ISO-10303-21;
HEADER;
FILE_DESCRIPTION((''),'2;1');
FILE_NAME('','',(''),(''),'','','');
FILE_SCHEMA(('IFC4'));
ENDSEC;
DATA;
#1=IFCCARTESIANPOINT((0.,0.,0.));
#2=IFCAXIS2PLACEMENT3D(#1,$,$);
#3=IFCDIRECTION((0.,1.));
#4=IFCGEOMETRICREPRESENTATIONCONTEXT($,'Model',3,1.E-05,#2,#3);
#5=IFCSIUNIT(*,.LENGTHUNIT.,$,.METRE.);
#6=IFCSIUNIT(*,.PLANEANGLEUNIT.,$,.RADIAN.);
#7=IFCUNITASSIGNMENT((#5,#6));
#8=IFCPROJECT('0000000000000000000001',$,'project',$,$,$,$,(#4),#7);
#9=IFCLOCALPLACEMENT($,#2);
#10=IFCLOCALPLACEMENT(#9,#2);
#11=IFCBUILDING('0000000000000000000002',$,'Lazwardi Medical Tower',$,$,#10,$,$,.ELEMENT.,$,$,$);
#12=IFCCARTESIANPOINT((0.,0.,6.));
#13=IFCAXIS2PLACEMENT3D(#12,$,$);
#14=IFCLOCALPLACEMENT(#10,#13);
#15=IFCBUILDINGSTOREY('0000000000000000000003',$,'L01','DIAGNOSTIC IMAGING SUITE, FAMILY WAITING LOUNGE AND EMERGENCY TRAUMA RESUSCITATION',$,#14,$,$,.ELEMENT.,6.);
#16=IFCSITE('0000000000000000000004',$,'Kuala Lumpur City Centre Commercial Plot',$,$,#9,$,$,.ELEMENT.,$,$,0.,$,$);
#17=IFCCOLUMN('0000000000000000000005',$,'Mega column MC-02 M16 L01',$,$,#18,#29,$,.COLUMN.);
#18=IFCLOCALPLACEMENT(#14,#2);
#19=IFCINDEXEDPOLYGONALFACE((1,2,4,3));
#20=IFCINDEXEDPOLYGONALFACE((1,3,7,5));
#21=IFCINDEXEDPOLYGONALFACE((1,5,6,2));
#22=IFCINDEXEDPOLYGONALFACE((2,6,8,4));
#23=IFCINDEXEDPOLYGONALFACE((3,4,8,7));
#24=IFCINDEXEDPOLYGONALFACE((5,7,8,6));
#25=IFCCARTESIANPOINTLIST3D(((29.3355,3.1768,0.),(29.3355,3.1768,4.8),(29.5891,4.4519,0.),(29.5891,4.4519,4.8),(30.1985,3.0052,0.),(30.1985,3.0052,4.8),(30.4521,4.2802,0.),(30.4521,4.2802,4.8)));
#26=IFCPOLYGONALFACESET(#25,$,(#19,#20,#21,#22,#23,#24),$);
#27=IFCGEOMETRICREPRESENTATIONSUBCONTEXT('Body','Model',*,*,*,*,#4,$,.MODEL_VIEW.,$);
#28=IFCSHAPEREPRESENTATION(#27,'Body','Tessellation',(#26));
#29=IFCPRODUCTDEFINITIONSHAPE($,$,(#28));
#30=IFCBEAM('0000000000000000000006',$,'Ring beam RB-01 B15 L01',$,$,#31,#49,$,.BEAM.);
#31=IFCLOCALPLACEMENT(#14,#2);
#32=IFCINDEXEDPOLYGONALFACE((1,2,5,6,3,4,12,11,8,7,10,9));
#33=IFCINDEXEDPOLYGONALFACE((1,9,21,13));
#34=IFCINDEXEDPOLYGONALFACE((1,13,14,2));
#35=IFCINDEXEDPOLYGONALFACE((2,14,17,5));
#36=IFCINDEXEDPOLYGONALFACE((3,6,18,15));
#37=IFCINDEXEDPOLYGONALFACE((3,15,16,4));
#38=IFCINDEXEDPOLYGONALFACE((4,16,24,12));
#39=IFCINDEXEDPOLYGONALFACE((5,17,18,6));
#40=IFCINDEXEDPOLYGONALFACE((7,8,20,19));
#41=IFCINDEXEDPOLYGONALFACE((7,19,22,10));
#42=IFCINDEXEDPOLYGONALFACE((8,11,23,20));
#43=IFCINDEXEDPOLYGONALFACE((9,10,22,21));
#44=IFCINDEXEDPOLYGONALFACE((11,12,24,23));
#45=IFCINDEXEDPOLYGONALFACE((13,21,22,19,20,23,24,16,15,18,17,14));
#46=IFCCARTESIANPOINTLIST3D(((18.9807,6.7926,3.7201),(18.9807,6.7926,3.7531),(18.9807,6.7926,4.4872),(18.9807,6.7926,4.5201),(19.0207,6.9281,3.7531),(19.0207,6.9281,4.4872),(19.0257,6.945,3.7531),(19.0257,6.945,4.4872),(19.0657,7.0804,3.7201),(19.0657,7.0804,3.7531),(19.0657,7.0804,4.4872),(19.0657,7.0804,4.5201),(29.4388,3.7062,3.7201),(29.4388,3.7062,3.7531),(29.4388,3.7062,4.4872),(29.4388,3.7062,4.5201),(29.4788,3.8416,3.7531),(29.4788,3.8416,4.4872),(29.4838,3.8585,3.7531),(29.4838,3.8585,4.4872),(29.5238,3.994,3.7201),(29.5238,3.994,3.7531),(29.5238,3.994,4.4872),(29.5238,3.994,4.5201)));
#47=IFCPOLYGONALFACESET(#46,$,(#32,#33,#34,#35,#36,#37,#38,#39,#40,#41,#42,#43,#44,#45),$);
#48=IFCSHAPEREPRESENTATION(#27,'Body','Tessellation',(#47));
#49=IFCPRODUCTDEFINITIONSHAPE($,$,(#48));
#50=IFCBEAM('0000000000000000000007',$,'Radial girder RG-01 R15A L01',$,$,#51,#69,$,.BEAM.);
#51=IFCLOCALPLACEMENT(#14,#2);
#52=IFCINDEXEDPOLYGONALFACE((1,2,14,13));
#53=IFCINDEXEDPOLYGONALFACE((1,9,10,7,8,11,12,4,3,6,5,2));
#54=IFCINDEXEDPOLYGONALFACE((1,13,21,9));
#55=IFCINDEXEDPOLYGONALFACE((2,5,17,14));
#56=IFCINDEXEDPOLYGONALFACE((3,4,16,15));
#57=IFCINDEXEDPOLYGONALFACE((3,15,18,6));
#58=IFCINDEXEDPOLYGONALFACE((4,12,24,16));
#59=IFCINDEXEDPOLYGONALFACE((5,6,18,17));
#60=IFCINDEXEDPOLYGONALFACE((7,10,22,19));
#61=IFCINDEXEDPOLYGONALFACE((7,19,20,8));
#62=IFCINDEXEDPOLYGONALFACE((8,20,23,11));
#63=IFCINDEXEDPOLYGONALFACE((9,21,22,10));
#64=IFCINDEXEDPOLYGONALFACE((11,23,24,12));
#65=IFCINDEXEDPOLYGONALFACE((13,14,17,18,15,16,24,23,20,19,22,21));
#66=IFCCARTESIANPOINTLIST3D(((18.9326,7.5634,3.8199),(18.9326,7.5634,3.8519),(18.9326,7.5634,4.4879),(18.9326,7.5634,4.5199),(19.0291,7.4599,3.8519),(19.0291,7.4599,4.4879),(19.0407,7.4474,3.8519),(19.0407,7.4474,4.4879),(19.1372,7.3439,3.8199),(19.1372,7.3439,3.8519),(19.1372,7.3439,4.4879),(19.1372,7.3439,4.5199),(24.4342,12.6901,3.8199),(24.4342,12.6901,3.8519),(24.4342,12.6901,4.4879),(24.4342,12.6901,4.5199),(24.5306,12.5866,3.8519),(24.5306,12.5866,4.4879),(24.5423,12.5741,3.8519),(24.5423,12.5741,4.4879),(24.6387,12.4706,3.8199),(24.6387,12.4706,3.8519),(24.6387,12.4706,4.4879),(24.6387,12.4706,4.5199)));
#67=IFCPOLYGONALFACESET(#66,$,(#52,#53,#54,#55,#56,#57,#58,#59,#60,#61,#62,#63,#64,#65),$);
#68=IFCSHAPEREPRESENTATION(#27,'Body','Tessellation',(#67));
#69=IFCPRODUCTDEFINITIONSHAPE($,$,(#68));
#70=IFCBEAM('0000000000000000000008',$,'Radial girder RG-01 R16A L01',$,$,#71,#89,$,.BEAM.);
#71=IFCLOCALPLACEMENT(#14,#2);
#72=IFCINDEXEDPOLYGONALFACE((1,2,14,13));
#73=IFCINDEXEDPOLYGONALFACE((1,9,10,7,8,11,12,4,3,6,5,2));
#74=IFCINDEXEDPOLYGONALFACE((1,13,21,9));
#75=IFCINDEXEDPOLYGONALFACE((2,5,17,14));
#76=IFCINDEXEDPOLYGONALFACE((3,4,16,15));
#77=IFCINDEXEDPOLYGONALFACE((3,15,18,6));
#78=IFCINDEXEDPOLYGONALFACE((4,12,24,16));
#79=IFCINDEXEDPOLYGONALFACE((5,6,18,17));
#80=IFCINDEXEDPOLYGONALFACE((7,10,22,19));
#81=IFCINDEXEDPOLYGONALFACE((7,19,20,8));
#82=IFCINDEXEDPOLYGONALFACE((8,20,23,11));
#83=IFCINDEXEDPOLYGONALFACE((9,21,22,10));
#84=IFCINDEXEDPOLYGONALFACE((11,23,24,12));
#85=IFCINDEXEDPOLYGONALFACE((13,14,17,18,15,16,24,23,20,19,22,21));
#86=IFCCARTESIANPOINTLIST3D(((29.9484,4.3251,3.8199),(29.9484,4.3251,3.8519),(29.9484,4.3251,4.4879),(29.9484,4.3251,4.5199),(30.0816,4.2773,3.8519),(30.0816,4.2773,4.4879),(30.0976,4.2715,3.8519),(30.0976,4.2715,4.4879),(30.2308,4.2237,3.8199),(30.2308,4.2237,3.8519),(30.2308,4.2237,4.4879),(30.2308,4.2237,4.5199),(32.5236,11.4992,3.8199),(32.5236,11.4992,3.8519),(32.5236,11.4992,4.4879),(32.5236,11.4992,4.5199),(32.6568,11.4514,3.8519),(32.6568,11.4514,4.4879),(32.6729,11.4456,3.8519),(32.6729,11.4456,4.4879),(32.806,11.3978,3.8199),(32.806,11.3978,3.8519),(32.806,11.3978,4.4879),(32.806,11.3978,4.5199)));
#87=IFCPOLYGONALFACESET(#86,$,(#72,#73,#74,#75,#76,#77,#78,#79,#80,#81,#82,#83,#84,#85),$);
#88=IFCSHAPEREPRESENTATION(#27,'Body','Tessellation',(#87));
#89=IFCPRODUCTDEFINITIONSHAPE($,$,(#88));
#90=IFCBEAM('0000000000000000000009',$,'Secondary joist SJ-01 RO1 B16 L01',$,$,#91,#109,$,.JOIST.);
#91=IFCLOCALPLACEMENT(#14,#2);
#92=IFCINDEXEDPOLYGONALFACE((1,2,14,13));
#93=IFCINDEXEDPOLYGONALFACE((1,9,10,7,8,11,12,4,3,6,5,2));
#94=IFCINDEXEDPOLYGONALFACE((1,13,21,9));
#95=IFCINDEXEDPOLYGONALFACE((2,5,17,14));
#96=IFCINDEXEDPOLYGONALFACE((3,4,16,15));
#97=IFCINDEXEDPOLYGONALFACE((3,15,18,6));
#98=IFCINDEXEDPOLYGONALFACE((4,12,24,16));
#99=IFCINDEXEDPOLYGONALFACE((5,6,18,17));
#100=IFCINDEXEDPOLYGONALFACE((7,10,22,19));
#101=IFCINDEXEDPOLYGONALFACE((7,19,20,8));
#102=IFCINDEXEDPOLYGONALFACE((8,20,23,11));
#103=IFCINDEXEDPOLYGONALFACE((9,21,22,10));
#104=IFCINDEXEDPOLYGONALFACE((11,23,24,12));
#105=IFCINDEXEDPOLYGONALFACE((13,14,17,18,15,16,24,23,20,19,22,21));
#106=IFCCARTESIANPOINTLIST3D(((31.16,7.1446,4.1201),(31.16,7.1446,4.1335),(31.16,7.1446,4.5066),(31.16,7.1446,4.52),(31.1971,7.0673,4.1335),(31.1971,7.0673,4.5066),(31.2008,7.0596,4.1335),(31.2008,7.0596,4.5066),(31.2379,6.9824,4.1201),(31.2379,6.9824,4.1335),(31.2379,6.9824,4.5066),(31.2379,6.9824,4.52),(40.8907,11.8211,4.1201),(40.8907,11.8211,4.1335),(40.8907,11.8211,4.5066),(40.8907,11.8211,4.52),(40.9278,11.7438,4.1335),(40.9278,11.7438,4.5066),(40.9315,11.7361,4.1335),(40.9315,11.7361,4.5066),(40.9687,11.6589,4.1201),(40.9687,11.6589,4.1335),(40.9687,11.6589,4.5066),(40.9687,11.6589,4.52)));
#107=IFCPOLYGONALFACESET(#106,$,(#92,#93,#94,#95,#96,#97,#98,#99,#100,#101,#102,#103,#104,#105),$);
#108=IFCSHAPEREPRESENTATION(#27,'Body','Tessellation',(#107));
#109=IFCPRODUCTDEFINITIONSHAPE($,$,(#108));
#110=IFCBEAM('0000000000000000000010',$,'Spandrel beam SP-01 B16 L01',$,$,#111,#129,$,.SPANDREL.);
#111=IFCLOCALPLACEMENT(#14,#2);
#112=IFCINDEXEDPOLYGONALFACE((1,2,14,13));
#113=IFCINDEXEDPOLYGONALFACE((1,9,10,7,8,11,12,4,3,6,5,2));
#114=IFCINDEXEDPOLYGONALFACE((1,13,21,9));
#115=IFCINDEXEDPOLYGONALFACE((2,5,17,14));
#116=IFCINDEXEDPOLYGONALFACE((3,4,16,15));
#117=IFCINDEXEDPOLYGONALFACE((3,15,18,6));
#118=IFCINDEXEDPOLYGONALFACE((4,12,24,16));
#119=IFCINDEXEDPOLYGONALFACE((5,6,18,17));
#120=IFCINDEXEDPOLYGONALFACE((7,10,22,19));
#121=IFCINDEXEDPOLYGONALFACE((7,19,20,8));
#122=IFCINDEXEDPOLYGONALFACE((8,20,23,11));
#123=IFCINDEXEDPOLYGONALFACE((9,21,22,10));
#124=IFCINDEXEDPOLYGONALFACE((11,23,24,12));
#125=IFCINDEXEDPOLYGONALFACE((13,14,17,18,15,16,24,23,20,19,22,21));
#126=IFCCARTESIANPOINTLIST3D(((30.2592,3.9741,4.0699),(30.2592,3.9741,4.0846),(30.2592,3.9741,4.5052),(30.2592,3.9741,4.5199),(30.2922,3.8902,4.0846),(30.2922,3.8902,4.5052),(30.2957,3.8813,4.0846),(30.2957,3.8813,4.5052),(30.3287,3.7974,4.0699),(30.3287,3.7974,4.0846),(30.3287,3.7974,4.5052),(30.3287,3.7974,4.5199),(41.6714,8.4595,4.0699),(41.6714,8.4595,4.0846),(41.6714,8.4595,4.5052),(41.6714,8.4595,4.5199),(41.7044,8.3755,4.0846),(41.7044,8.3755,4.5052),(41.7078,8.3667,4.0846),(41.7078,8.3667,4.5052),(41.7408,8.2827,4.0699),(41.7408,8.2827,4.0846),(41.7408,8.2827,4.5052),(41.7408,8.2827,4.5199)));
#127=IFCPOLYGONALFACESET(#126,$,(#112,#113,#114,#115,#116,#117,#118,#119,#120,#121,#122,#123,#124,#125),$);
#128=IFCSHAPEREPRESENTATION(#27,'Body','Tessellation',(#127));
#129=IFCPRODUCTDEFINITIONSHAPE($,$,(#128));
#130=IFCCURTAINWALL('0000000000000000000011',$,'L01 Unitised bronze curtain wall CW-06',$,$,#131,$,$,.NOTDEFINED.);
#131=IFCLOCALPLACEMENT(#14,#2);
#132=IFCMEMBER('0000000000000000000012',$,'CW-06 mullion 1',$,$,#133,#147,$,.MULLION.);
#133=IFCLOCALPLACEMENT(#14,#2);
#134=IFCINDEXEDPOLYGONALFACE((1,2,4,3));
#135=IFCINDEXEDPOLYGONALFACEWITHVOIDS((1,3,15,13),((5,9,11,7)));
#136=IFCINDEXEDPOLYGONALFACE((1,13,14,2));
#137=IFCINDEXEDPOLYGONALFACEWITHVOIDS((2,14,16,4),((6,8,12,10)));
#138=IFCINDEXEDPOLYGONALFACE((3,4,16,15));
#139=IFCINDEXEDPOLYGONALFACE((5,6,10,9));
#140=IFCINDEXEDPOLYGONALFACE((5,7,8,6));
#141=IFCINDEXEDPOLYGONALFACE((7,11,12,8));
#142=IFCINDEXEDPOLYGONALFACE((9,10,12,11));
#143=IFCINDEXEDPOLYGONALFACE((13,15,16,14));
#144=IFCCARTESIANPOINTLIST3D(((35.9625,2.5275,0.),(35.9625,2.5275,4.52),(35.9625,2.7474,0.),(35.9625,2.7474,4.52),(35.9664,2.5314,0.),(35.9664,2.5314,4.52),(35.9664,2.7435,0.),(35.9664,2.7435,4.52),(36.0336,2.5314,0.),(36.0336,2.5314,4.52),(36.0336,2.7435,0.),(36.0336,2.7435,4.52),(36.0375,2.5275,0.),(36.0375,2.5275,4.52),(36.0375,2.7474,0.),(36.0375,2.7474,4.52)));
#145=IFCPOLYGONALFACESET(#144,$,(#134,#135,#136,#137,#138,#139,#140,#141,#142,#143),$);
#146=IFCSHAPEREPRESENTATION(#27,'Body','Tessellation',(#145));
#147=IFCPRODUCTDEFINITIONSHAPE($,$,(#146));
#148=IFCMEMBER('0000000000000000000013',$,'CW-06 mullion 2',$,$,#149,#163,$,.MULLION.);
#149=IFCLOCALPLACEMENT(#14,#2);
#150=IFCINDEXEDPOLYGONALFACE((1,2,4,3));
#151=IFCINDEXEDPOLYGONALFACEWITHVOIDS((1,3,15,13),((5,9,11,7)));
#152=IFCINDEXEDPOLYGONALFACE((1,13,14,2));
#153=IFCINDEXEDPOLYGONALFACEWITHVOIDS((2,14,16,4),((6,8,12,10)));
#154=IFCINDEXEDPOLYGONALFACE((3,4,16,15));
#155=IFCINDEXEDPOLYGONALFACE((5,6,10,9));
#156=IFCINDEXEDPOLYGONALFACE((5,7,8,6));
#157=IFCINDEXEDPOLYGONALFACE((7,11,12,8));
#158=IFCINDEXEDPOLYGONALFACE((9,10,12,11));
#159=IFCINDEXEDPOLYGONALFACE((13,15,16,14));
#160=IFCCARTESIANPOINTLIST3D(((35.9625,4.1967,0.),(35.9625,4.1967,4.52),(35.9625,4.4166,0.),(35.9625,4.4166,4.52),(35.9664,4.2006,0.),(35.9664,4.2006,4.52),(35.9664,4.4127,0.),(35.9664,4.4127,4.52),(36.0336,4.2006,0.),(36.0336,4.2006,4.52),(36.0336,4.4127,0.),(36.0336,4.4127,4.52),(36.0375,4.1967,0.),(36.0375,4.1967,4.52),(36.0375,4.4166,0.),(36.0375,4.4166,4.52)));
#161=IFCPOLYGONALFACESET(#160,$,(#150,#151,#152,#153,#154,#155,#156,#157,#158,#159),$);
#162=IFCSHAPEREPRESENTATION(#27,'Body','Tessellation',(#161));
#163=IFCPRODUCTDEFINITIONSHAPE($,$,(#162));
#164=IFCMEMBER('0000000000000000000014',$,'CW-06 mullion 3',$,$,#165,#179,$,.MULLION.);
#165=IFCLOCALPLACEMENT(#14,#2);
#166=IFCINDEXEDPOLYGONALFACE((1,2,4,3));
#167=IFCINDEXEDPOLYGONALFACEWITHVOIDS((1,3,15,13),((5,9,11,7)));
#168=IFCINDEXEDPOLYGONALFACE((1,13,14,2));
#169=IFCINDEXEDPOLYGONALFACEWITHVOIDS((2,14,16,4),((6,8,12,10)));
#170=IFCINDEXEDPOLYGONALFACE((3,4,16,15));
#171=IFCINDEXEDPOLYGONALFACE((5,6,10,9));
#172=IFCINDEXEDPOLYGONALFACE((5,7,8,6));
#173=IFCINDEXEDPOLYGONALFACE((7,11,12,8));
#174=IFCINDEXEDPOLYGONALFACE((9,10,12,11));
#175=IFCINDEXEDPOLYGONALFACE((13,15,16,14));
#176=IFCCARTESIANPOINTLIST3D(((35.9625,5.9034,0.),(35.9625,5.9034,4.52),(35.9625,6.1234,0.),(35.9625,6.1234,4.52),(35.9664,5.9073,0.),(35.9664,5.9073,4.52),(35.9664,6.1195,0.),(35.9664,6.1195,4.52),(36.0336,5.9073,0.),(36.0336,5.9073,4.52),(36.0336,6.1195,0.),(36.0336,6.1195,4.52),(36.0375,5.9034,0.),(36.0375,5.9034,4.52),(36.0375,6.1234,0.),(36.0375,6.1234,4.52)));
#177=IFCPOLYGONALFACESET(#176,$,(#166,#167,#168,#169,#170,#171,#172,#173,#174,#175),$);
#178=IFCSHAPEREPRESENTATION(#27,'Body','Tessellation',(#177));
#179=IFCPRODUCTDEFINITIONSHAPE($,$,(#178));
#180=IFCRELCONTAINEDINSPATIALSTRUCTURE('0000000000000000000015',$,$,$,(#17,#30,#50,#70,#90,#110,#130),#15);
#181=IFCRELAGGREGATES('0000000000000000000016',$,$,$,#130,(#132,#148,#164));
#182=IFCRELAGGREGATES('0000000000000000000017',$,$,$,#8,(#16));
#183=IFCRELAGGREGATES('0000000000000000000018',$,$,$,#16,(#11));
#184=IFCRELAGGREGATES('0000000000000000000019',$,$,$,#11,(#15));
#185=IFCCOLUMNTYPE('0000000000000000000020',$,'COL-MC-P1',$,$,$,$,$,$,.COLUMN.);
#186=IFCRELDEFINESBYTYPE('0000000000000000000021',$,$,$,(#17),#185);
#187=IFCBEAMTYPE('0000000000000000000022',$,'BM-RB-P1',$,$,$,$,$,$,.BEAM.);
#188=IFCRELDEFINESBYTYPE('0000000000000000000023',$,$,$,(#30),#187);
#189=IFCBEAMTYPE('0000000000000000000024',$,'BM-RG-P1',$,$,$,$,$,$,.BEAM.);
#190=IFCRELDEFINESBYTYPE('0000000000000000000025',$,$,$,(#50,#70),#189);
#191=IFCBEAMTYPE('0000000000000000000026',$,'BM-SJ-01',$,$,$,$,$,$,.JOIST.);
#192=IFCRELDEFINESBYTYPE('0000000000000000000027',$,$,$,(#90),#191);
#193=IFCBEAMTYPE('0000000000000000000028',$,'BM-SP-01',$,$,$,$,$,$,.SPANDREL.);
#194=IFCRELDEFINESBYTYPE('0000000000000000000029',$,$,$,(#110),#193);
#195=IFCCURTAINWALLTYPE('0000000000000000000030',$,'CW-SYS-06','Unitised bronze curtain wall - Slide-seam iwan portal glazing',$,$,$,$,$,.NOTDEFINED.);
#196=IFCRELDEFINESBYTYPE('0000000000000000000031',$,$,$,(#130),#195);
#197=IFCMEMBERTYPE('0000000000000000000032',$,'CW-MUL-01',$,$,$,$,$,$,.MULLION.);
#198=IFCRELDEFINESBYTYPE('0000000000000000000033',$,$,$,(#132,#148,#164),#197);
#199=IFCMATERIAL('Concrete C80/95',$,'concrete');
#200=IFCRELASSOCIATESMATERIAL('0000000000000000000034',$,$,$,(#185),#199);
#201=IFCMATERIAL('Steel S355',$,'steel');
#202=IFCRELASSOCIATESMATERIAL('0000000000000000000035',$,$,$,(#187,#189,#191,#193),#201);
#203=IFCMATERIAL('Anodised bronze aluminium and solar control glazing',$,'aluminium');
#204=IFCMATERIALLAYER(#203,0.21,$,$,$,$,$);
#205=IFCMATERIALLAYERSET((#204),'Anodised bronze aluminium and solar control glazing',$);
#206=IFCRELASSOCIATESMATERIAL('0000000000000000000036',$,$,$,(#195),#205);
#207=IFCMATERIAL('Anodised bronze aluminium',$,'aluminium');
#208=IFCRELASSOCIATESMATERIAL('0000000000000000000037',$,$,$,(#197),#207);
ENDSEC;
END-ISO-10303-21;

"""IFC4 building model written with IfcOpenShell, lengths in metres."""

from ifc_helpers import new_model, si_unit, direction, frame, origin, origin_2d, place, context, subcontext, project, spatial, rectangle, hollow_rectangle, i_section, extrude, material, layer, layer_set, material_profile, profile_set, type_object, element, aggregate, save


model = new_model("IFC4")

# Units and contexts
model_context = context("Model", 3, precision=1e-05, world=origin(), true_north=direction((0.0, 1.0)))
body_context = subcontext(model_context, "Body", "Model", "MODEL_VIEW")
ifc_project = project(units=[si_unit("LENGTHUNIT", "METRE"), si_unit("PLANEANGLEUNIT", "RADIAN")], contexts=[model_context])

# Site, building, storey
site_placement = place(None, origin())
site = spatial("IfcSite", under=ifc_project, at=site_placement, Name="Kuala Lumpur City Centre Commercial Plot", CompositionType="ELEMENT", RefElevation=0.0)
building_placement = place(site_placement, origin())
building = spatial("IfcBuilding", under=site, at=building_placement, Name="Lazwardi Medical Tower", CompositionType="ELEMENT")
storey_placement = place(building_placement, frame((0.0, 0.0, 6.0)))
storey = spatial("IfcBuildingStorey", under=building, at=storey_placement, Name="L01", Description="DIAGNOSTIC IMAGING SUITE, FAMILY WAITING LOUNGE AND EMERGENCY TRAUMA RESUSCITATION", CompositionType="ELEMENT", Elevation=6.0)

# Column
ifc_material_1 = material(Name="Concrete C80/95", Category="concrete")
ifc_material_profile_1 = material_profile(ifc_material_1, rectangle(XDim=1.3, YDim=0.8799, at=origin_2d()), Name="CFT-RECT 1300x880")
ifc_profile_set_1 = profile_set([ifc_material_profile_1], Name="Concrete C80/95")
column_type = type_object("IfcColumnType", Name="COL-MC-P1", PredefinedType="COLUMN", material=ifc_profile_set_1)
column_placement = place(storey_placement, frame((29.8938, 3.7285, 0.0), z_axis=(0.0, 0.0, 1.0), x_axis=(-0.19509, -0.980785, 0.0)))
element("IfcColumn", 1, at=column_placement, inside=storey, type_object=column_type, Name="Mega column MC-02 M16 L01", PredefinedType="COLUMN", context=body_context, shape_type="SweptSolid", body=[
    extrude(rectangle(XDim=1.3, YDim=0.8799, at=origin_2d()), origin(), (0.0, 0.0, 1.0), 4.8),
])

# Beams
ifc_material_2 = material(Name="Steel S355", Category="steel")
ifc_material_profile_2 = material_profile(ifc_material_2, i_section(OverallWidth=0.3, OverallDepth=0.8, WebThickness=0.0176, FlangeThickness=0.033, at=origin_2d()), Name="HEB 800")
ifc_profile_set_2 = profile_set([ifc_material_profile_2], Name="Steel S355")
beam_type_1 = type_object("IfcBeamType", Name="BM-RB-P1", PredefinedType="BEAM", material=ifc_profile_set_2)
beam_1_placement = place(storey_placement, frame((19.0232, 6.9365, 4.1201), z_axis=(0.959103, -0.283056, 0.0), x_axis=(0.283056, 0.959103, 0.0)))
element("IfcBeam", 2, at=beam_1_placement, inside=storey, type_object=beam_type_1, Name="Ring beam RB-01 B15 L01", PredefinedType="BEAM", context=body_context, shape_type="SweptSolid", body=[
    extrude(i_section(OverallWidth=0.3, OverallDepth=0.8, WebThickness=0.0176, FlangeThickness=0.033, at=origin_2d()), origin(), (0.0, 0.0, 1.0), 10.9041),
])
ifc_material_profile_3 = material_profile(ifc_material_2, i_section(OverallWidth=0.3, OverallDepth=0.7, WebThickness=0.0171, FlangeThickness=0.032, at=origin_2d()), Name="HEB 700")
ifc_profile_set_3 = profile_set([ifc_material_profile_3], Name="Steel S355")
beam_type_2 = type_object("IfcBeamType", Name="BM-RG-P1", PredefinedType="BEAM", material=ifc_profile_set_3)
beam_2_placement = place(storey_placement, frame((19.0349, 7.4536, 4.1699), z_axis=(0.731585, 0.68175, 0.0), x_axis=(-0.68175, 0.731585, 0.0)))
element("IfcBeam", 3, at=beam_2_placement, inside=storey, type_object=beam_type_2, Name="Radial girder RG-01 R15A L01", PredefinedType="BEAM", context=body_context, shape_type="SweptSolid", body=[
    extrude(i_section(OverallWidth=0.3, OverallDepth=0.7, WebThickness=0.0171, FlangeThickness=0.032, at=origin_2d()), origin(), (0.0, 0.0, 1.0), 7.52),
])
beam_3_placement = place(storey_placement, frame((30.0896, 4.2744, 4.1699), z_axis=(0.337852, 0.941199, 0.0), x_axis=(-0.941199, 0.337852, 0.0)))
element("IfcBeam", 4, at=beam_3_placement, inside=storey, type_object=beam_type_2, Name="Radial girder RG-01 R16A L01", PredefinedType="BEAM", context=body_context, shape_type="SweptSolid", body=[
    extrude(i_section(OverallWidth=0.3, OverallDepth=0.7, WebThickness=0.0171, FlangeThickness=0.032, at=origin_2d()), origin(), (0.0, 0.0, 1.0), 7.6223),
])
ifc_material_profile_4 = material_profile(ifc_material_2, i_section(OverallWidth=0.1799, OverallDepth=0.3999, WebThickness=0.0085, FlangeThickness=0.0134, at=origin_2d()), Name="IPE 400")
ifc_profile_set_4 = profile_set([ifc_material_profile_4], Name="Steel S355")
beam_type_3 = type_object("IfcBeamType", Name="BM-SJ-01", PredefinedType="JOIST", material=ifc_profile_set_4)
beam_4_placement = place(storey_placement, frame((31.199, 7.0635, 4.3201), z_axis=(0.901314, 0.433166, 0.0), x_axis=(-0.433166, 0.901314, 0.0)))
element("IfcBeam", 5, at=beam_4_placement, inside=storey, type_object=beam_type_3, Name="Secondary joist SJ-01 RO1 B16 L01", PredefinedType="JOIST", context=body_context, shape_type="SweptSolid", body=[
    extrude(i_section(OverallWidth=0.1799, OverallDepth=0.3999, WebThickness=0.0085, FlangeThickness=0.0134, at=origin_2d()), origin(), (0.0, 0.0, 1.0), 10.7961),
])
ifc_material_profile_5 = material_profile(ifc_material_2, i_section(OverallWidth=0.1899, OverallDepth=0.45, WebThickness=0.0095, FlangeThickness=0.0146, at=origin_2d()), Name="IPE 450")
ifc_profile_set_5 = profile_set([ifc_material_profile_5], Name="Steel S355")
beam_type_4 = type_object("IfcBeamType", Name="BM-SP-01", PredefinedType="SPANDREL", material=ifc_profile_set_5)
beam_5_placement = place(storey_placement, frame((30.2939, 3.8857, 4.2949), z_axis=(0.930695, 0.365795, 0.0), x_axis=(-0.365795, 0.930695, 0.0)))
element("IfcBeam", 6, at=beam_5_placement, inside=storey, type_object=beam_type_4, Name="Spandrel beam SP-01 B16 L01", PredefinedType="SPANDREL", context=body_context, shape_type="SweptSolid", body=[
    extrude(i_section(OverallWidth=0.1899, OverallDepth=0.45, WebThickness=0.0095, FlangeThickness=0.0146, at=origin_2d()), origin(), (0.0, 0.0, 1.0), 12.262),
])

# Curtain wall, members
ifc_material_3 = material(Name="Anodised bronze aluminium and solar control glazing", Category="aluminium")
ifc_layer_1 = layer(ifc_material_3, 0.21)
ifc_layer_set_1 = layer_set([ifc_layer_1], Name="Anodised bronze aluminium and solar control glazing")
curtain_wall_type_1 = type_object("IfcCurtainWallType", Name="CW-SYS-06", Description="Unitised bronze curtain wall - Slide-seam iwan portal glazing", PredefinedType="NOTDEFINED", material=ifc_layer_set_1)
curtain_wall_1_placement = place(storey_placement, origin())
curtain_wall_1 = element("IfcCurtainWall", 7, at=curtain_wall_1_placement, inside=storey, type_object=curtain_wall_type_1, Name="L01 Unitised bronze curtain wall CW-06", PredefinedType="NOTDEFINED")
ifc_material_4 = material(Name="Anodised bronze aluminium", Category="aluminium")
ifc_material_profile_6 = material_profile(ifc_material_4, hollow_rectangle(XDim=0.075, YDim=0.22, WallThickness=0.0039, at=origin_2d()), Name="ALU-MULLION 220x75x4")
ifc_profile_set_6 = profile_set([ifc_material_profile_6], Name="Anodised bronze aluminium")
member_type_1 = type_object("IfcMemberType", Name="CW-MUL-01", PredefinedType="MULLION", material=ifc_profile_set_6)
member_1_placement = place(storey_placement, frame((36.0, 2.6375, 0.0), z_axis=(0.0, 0.0, 1.0), x_axis=(-1.0, 0.0, 0.0)))
member_1 = element("IfcMember", 8, at=member_1_placement, type_object=member_type_1, Name="CW-06 mullion 1", PredefinedType="MULLION", context=body_context, shape_type="SweptSolid", body=[
    extrude(hollow_rectangle(XDim=0.075, YDim=0.22, WallThickness=0.0039, at=origin_2d()), origin(), (0.0, 0.0, 1.0), 4.52),
])
member_2_placement = place(storey_placement, frame((36.0, 4.3066, 0.0), z_axis=(0.0, 0.0, 1.0), x_axis=(-1.0, 0.0, 0.0)))
member_2 = element("IfcMember", 9, at=member_2_placement, type_object=member_type_1, Name="CW-06 mullion 2", PredefinedType="MULLION", context=body_context, shape_type="SweptSolid", body=[
    extrude(hollow_rectangle(XDim=0.075, YDim=0.22, WallThickness=0.0039, at=origin_2d()), origin(), (0.0, 0.0, 1.0), 4.52),
])
member_3_placement = place(storey_placement, frame((36.0, 6.0134, 0.0), z_axis=(0.0, 0.0, 1.0), x_axis=(-1.0, 0.0, 0.0)))
member_3 = element("IfcMember", 10, at=member_3_placement, type_object=member_type_1, Name="CW-06 mullion 3", PredefinedType="MULLION", context=body_context, shape_type="SweptSolid", body=[
    extrude(hollow_rectangle(XDim=0.075, YDim=0.22, WallThickness=0.0039, at=origin_2d()), origin(), (0.0, 0.0, 1.0), 4.52),
])
aggregate(curtain_wall_1, [member_1, member_2, member_3])

save(model, "model.ifc")
